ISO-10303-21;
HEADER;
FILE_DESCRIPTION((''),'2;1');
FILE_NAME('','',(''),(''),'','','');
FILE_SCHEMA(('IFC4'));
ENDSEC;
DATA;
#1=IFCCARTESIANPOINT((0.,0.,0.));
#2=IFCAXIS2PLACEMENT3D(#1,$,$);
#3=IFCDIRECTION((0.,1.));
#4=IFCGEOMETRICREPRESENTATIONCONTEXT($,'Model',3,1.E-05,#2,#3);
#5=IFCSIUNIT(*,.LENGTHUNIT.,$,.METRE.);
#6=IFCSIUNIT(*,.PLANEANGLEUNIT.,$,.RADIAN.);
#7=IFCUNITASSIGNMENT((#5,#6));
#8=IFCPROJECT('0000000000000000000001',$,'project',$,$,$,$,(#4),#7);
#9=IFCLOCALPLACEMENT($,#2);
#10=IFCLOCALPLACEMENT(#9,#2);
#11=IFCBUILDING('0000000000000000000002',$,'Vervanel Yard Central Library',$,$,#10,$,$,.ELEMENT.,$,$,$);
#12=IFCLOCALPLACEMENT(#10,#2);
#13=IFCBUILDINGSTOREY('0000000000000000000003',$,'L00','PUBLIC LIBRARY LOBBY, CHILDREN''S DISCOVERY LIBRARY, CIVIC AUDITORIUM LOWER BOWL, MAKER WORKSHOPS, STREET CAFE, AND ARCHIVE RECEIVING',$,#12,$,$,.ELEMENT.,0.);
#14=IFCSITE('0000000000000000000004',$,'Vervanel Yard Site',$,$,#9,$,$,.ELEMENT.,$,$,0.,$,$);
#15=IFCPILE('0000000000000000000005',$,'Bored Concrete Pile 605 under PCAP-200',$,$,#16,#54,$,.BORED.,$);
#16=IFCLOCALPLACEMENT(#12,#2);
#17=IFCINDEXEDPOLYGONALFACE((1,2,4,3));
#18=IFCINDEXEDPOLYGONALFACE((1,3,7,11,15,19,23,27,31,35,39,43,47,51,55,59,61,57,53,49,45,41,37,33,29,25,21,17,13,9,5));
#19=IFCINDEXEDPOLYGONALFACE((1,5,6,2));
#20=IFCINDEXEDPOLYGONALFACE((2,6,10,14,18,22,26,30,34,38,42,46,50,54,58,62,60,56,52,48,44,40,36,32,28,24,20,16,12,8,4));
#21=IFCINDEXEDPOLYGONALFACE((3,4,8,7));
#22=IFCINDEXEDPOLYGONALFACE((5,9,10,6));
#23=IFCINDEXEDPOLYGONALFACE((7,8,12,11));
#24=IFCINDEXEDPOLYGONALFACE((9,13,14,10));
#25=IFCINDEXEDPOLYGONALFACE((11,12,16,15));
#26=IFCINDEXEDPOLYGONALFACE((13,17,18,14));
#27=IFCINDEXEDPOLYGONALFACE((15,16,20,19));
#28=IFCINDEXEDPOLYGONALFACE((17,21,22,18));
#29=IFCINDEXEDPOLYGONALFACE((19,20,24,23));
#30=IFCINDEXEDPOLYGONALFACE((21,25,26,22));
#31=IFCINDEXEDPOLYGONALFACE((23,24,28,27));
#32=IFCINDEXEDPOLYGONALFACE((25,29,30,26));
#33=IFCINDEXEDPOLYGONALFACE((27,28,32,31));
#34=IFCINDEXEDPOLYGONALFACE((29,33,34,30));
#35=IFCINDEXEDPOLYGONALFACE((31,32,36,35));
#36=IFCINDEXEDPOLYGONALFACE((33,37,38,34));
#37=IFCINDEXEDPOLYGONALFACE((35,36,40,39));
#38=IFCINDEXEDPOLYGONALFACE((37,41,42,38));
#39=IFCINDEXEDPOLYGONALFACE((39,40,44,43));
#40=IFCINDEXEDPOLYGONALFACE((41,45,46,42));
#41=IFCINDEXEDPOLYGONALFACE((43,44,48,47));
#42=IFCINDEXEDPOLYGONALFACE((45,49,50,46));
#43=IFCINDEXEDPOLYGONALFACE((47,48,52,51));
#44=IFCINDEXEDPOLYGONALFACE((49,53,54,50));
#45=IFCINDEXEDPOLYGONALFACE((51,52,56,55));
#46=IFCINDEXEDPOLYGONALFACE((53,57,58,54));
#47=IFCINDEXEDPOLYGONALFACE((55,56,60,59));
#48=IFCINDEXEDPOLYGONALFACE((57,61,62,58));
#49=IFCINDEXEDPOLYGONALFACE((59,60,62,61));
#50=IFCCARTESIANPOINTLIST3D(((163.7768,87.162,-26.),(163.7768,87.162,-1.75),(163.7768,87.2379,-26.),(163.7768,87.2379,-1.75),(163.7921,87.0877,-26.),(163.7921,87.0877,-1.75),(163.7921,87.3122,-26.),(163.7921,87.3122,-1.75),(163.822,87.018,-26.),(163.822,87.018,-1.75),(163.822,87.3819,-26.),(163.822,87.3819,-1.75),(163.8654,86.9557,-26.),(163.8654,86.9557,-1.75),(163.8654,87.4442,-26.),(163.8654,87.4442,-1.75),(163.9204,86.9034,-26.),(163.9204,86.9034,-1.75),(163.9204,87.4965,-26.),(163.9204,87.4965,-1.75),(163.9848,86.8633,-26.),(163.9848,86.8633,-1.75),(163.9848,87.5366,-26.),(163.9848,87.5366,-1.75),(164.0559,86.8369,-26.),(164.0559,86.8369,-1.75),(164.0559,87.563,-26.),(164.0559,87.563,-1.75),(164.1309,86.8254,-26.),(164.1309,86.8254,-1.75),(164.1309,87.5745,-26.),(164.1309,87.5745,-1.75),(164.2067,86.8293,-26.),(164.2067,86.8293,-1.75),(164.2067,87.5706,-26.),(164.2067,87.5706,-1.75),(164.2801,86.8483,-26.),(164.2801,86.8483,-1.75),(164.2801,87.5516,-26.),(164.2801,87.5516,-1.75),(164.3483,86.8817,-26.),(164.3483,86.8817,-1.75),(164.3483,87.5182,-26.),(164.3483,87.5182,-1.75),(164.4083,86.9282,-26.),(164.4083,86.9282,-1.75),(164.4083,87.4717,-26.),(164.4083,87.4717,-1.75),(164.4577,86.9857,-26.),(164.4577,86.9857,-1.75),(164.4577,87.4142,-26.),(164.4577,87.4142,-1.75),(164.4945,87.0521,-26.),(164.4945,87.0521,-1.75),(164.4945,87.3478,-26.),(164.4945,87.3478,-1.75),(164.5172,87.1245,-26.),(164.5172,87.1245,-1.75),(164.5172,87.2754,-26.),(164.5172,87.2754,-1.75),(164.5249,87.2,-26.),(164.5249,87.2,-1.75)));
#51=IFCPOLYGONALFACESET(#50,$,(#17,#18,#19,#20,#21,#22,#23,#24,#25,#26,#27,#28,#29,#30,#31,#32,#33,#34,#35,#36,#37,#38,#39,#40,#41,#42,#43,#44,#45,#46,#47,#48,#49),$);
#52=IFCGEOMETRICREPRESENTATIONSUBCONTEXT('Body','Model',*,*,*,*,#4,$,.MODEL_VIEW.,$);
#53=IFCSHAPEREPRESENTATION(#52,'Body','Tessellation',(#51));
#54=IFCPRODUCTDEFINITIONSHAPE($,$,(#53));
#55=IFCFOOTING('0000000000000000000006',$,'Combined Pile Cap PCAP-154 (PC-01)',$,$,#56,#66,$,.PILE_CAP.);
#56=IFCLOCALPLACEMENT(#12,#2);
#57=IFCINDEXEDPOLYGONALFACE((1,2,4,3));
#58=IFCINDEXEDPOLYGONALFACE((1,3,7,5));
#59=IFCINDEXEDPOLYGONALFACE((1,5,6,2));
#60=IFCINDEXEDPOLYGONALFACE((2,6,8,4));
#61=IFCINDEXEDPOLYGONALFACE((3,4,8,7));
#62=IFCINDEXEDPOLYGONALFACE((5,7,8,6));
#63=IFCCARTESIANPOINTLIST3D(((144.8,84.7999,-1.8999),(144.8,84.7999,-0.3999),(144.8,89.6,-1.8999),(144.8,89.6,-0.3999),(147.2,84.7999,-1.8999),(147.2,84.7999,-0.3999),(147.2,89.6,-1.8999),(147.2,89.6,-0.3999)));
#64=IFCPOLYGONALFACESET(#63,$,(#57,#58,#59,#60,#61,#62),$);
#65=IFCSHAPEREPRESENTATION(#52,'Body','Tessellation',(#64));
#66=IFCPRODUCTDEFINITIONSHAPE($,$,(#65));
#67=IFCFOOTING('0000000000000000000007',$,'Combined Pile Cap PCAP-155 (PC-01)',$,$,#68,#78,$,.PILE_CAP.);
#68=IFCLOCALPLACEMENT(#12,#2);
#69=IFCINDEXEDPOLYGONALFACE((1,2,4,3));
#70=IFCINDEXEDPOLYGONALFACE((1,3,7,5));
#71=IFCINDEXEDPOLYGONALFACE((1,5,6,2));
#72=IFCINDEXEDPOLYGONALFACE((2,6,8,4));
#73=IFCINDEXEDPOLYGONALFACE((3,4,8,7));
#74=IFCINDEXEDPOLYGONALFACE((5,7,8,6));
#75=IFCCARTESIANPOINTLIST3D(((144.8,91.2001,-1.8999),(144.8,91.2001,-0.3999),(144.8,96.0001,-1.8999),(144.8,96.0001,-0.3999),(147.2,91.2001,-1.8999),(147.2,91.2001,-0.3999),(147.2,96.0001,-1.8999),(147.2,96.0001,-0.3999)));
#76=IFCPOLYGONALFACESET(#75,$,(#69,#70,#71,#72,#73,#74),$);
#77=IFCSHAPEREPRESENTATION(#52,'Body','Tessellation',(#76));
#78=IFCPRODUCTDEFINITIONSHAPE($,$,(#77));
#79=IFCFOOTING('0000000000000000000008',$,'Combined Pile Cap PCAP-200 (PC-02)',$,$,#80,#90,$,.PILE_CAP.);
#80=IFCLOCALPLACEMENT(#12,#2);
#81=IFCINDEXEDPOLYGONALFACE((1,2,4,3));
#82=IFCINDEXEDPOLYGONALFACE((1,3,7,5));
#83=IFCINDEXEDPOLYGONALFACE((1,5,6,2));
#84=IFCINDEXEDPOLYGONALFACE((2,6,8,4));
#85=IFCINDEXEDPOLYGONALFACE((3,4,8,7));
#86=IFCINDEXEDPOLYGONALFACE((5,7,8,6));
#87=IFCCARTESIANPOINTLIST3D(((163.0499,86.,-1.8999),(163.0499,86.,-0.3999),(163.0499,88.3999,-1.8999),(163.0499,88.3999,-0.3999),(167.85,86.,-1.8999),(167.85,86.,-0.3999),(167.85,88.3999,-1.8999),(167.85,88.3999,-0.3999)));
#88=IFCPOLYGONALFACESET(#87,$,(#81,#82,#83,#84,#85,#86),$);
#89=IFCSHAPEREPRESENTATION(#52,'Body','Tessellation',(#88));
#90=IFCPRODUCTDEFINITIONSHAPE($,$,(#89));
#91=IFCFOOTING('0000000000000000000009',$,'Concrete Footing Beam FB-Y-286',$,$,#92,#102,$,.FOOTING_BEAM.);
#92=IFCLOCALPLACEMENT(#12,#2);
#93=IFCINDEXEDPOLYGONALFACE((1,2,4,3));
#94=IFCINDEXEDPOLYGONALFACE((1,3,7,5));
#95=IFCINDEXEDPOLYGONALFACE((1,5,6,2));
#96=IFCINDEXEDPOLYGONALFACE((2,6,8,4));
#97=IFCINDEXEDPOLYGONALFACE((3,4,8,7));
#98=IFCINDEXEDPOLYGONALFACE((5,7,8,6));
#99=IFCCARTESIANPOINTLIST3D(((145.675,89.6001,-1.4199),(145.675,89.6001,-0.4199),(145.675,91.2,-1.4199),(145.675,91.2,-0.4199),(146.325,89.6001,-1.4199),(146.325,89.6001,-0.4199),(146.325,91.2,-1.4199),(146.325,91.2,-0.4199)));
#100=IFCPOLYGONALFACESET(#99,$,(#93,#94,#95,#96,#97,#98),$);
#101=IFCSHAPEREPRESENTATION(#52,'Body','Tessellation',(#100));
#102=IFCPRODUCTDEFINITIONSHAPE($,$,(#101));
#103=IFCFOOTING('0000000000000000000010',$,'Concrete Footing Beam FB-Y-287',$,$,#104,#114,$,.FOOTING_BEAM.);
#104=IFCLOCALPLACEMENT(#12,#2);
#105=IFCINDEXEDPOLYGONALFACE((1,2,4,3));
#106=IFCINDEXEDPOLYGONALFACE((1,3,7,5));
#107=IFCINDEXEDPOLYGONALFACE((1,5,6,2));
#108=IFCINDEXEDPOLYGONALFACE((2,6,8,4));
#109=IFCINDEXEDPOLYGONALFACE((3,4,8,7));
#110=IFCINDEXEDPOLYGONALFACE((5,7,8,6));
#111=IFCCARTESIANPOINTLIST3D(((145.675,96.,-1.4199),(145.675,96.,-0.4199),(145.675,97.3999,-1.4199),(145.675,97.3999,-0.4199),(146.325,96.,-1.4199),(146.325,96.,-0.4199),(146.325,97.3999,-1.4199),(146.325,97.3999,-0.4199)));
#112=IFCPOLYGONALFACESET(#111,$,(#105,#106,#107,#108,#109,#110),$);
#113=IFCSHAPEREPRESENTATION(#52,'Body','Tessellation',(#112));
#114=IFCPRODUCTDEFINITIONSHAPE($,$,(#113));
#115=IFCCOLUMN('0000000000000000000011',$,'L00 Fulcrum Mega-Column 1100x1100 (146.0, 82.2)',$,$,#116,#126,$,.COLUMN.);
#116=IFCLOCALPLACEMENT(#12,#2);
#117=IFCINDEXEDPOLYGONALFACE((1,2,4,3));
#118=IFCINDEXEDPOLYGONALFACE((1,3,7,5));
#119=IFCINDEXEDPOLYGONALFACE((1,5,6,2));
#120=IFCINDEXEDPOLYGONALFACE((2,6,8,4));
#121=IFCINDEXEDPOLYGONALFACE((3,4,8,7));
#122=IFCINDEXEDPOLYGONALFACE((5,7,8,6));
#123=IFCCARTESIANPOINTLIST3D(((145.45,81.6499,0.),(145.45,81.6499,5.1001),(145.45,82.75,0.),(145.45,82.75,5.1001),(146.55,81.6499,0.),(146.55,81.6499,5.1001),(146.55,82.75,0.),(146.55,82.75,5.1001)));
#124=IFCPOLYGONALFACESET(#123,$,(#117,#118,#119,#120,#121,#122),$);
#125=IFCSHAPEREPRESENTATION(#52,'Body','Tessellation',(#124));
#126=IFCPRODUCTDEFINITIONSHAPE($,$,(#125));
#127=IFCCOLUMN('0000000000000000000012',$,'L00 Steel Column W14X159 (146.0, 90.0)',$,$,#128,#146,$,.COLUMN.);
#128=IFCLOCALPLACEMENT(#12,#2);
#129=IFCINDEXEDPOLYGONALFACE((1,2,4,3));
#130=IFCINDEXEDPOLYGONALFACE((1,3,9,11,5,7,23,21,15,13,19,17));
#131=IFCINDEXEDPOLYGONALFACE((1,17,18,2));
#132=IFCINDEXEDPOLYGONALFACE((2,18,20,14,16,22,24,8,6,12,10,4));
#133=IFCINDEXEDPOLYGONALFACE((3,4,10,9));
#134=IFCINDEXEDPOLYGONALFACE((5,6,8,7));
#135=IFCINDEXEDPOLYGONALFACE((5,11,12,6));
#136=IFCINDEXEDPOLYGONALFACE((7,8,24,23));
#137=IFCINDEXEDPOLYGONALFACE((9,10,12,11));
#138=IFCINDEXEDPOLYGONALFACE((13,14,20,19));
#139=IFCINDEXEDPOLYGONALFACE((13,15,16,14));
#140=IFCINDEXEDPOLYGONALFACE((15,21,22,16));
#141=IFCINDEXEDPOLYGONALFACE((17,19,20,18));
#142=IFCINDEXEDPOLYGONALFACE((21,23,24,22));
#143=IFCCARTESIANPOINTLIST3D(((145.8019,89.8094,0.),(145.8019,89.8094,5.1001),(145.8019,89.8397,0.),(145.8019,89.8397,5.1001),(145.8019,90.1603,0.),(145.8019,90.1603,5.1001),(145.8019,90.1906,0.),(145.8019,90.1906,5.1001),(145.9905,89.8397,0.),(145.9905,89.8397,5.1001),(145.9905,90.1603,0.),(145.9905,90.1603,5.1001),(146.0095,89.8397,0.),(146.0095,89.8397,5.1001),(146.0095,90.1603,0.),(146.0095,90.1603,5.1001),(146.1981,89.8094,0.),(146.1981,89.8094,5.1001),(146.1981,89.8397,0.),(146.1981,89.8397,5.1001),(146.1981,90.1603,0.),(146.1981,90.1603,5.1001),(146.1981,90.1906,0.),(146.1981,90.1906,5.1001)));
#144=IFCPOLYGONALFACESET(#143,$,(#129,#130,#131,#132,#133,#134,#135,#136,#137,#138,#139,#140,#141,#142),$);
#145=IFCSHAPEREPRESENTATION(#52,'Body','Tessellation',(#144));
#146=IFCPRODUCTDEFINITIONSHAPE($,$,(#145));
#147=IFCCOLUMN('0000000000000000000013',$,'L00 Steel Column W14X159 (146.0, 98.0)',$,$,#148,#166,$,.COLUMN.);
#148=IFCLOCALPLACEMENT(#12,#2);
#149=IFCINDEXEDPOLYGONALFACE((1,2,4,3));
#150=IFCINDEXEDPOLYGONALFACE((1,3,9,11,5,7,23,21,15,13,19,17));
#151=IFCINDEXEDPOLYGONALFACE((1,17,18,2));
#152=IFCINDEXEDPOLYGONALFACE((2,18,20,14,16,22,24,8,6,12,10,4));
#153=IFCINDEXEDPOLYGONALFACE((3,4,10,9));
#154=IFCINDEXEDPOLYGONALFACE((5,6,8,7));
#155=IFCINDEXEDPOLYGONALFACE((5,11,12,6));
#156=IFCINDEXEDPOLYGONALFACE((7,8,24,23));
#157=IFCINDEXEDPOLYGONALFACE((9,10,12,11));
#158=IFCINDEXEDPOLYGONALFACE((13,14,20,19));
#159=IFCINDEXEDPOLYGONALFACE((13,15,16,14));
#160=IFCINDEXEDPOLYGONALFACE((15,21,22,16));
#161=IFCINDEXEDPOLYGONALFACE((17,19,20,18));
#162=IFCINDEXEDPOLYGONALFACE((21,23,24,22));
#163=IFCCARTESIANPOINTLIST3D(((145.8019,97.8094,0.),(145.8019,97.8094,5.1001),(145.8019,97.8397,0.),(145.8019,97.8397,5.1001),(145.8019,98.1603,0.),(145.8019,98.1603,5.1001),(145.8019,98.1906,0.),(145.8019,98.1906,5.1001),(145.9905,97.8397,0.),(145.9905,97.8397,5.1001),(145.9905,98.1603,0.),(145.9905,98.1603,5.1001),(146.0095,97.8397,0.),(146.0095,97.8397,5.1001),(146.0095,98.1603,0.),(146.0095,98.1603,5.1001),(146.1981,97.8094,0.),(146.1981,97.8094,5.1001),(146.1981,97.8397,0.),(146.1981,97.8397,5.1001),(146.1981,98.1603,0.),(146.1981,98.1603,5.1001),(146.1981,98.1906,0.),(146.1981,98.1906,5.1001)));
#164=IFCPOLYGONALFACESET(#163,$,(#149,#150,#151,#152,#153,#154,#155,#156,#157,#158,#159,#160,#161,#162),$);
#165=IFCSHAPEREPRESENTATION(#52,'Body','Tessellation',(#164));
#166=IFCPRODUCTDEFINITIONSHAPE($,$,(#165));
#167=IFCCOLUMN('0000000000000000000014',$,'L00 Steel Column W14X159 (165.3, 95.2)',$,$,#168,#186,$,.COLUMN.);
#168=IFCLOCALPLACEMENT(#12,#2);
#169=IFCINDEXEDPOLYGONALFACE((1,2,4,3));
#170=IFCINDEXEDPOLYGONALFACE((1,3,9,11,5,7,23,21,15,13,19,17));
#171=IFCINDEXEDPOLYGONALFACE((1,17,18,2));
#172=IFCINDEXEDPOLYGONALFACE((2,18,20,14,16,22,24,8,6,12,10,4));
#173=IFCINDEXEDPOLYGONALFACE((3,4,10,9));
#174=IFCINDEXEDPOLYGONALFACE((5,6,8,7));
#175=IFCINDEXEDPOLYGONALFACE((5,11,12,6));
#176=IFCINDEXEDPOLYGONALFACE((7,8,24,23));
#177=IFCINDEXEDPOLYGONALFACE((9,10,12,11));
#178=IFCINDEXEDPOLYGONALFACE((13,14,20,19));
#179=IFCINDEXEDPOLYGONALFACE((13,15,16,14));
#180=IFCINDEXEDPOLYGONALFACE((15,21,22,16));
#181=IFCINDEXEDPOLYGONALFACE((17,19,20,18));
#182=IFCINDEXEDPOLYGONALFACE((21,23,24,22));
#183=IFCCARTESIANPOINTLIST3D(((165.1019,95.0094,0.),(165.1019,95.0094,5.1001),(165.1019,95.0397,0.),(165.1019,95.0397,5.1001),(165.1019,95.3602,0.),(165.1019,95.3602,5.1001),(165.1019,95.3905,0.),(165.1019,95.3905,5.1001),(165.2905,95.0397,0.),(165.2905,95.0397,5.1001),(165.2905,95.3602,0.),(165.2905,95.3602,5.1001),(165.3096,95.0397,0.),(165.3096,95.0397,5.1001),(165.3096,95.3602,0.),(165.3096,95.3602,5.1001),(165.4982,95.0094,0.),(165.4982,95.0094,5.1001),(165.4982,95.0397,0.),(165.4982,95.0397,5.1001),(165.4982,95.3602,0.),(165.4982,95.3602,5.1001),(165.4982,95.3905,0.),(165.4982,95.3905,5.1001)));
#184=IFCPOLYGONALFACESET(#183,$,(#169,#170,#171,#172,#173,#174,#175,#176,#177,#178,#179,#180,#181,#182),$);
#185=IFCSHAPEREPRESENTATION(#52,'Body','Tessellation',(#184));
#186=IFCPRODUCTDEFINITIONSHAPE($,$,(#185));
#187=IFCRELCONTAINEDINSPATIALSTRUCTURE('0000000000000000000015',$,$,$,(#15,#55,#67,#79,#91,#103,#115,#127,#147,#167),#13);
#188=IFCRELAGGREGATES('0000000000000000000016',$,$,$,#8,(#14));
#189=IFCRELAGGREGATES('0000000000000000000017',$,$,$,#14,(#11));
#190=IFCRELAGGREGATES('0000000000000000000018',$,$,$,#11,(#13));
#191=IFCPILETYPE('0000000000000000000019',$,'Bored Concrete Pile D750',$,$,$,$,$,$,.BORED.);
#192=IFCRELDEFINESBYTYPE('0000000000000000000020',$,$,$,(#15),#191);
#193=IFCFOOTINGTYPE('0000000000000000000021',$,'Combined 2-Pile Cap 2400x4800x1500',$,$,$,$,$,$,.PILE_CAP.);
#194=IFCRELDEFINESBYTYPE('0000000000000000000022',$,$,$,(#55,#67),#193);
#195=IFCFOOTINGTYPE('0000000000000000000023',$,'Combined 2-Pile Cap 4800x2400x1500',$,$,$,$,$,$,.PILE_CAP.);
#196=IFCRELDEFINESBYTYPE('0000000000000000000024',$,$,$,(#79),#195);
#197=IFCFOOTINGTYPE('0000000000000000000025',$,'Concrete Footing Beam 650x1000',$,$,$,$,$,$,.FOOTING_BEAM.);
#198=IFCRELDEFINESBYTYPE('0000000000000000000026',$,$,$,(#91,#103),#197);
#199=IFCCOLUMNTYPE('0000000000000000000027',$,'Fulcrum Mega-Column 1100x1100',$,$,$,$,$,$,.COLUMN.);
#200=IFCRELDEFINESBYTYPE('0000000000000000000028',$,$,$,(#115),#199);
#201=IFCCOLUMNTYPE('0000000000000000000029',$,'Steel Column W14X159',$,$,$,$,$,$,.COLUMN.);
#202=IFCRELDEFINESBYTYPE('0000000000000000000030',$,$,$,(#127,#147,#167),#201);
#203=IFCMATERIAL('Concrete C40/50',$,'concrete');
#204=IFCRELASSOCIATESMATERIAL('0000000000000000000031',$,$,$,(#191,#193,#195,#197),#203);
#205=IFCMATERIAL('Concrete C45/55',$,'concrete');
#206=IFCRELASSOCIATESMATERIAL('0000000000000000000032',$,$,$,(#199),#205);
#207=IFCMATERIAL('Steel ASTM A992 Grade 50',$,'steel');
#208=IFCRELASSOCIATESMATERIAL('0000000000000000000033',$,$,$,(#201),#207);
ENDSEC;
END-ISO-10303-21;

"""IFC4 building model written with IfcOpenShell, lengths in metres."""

from ifc_helpers import new_model, si_unit, direction, frame, origin, origin_2d, place, context, subcontext, project, spatial, rectangle, circle, i_section, extrude, material, material_profile, profile_set, type_object, element, save


model = new_model("IFC4")

# Units and contexts
model_context = context("Model", 3, precision=1e-05, world=origin(), true_north=direction((0.0, 1.0)))
body_context = subcontext(model_context, "Body", "Model", "MODEL_VIEW")
ifc_project = project(units=[si_unit("LENGTHUNIT", "METRE"), si_unit("PLANEANGLEUNIT", "RADIAN")], contexts=[model_context])

# Site, building, storey
site_placement = place(None, origin())
site = spatial("IfcSite", under=ifc_project, at=site_placement, Name="Vervanel Yard Site", CompositionType="ELEMENT", RefElevation=0.0)
building_placement = place(site_placement, origin())
building = spatial("IfcBuilding", under=site, at=building_placement, Name="Vervanel Yard Central Library", CompositionType="ELEMENT")
storey_placement = place(building_placement, origin())
storey = spatial("IfcBuildingStorey", under=building, at=storey_placement, Name="L00", Description="PUBLIC LIBRARY LOBBY, CHILDREN'S DISCOVERY LIBRARY, CIVIC AUDITORIUM LOWER BOWL, MAKER WORKSHOPS, STREET CAFE, AND ARCHIVE RECEIVING", CompositionType="ELEMENT", Elevation=0.0)

# Pile
ifc_material_1 = material(Name="Concrete C40/50", Category="concrete")
ifc_material_profile_1 = material_profile(ifc_material_1, circle(Radius=0.375, at=origin_2d()), Name="BP D750", Category="concrete")
ifc_profile_set_1 = profile_set([ifc_material_profile_1], Name="Concrete C40/50")
pile_type = type_object("IfcPileType", Name="Bored Concrete Pile D750", PredefinedType="BORED", material=ifc_profile_set_1)
for number, where, z_axis, x_axis, name in (
    (1, (164.1499, 87.2, -1.75), (0.0, 0.0, -1.0), (1.0, 0.0, 0.0), "Bored Concrete Pile 605 under PCAP-200"),
):
    element("IfcPile", number, at=place(storey_placement, frame(where, z_axis=z_axis, x_axis=x_axis)), inside=storey, type_object=pile_type, Name=name, PredefinedType="BORED", context=body_context, shape_type="SweptSolid", body=[
        extrude(circle(Radius=0.375, at=origin_2d()), origin(), (0.0, 0.0, 1.0), 24.25),
    ])

# Footings
footing_type_1 = type_object("IfcFootingType", Name="Combined 2-Pile Cap 2400x4800x1500", PredefinedType="PILE_CAP", material=ifc_material_1)
for number, where, z_axis, x_axis, name in (
    (2, (146.0, 87.2, -1.8999), (0.0, 0.0, 1.0), (1.0, 0.0, 0.0), "Combined Pile Cap PCAP-154 (PC-01)"),
    (3, (146.0, 93.6001, -1.8999), (0.0, 0.0, 1.0), (1.0, 0.0, 0.0), "Combined Pile Cap PCAP-155 (PC-01)"),
):
    element("IfcFooting", number, at=place(storey_placement, frame(where, z_axis=z_axis, x_axis=x_axis)), inside=storey, type_object=footing_type_1, Name=name, PredefinedType="PILE_CAP", context=body_context, shape_type="SweptSolid", body=[
        extrude(rectangle(XDim=2.3999, YDim=4.8, at=origin_2d()), origin(), (0.0, 0.0, 1.0), 1.5),
    ])
footing_type_2 = type_object("IfcFootingType", Name="Combined 2-Pile Cap 4800x2400x1500", PredefinedType="PILE_CAP", material=ifc_material_1)
footing_1_placement = place(storey_placement, frame((165.45, 87.2, -1.8999), z_axis=(0.0, 0.0, 1.0), x_axis=(1.0, 0.0, 0.0)))
element("IfcFooting", 4, at=footing_1_placement, inside=storey, type_object=footing_type_2, Name="Combined Pile Cap PCAP-200 (PC-02)", PredefinedType="PILE_CAP", context=body_context, shape_type="SweptSolid", body=[
    extrude(rectangle(XDim=4.8, YDim=2.3999, at=origin_2d()), origin(), (0.0, 0.0, 1.0), 1.5),
])
ifc_material_profile_2 = material_profile(ifc_material_1, rectangle(XDim=0.6499, YDim=1.0, at=origin_2d()), Name="RC 650x1000", Category="concrete")
ifc_profile_set_2 = profile_set([ifc_material_profile_2], Name="Concrete C40/50")
footing_type_3 = type_object("IfcFootingType", Name="Concrete Footing Beam 650x1000", PredefinedType="FOOTING_BEAM", material=ifc_profile_set_2)
footing_2_placement = place(storey_placement, frame((146.0, 89.6001, -0.9199), z_axis=(0.0, 1.0, 0.0), x_axis=(-1.0, 0.0, 0.0)))
element("IfcFooting", 5, at=footing_2_placement, inside=storey, type_object=footing_type_3, Name="Concrete Footing Beam FB-Y-286", PredefinedType="FOOTING_BEAM", context=body_context, shape_type="SweptSolid", body=[
    extrude(rectangle(XDim=0.6499, YDim=1.0, at=origin_2d()), origin(), (0.0, 0.0, 1.0), 1.5999),
])
footing_3_placement = place(storey_placement, frame((146.0, 96.0, -0.9199), z_axis=(0.0, 1.0, 0.0), x_axis=(-1.0, 0.0, 0.0)))
element("IfcFooting", 6, at=footing_3_placement, inside=storey, type_object=footing_type_3, Name="Concrete Footing Beam FB-Y-287", PredefinedType="FOOTING_BEAM", context=body_context, shape_type="SweptSolid", body=[
    extrude(rectangle(XDim=0.6499, YDim=1.0, at=origin_2d()), origin(), (0.0, 0.0, 1.0), 1.3999),
])

# Columns
ifc_material_2 = material(Name="Concrete C45/55", Category="concrete")
ifc_material_profile_3 = material_profile(ifc_material_2, rectangle(XDim=1.1001, YDim=1.1001, at=origin_2d()), Name="RC 1100x1100", Category="concrete")
ifc_profile_set_3 = profile_set([ifc_material_profile_3], Name="Concrete C45/55")
column_type_1 = type_object("IfcColumnType", Name="Fulcrum Mega-Column 1100x1100", PredefinedType="COLUMN", material=ifc_profile_set_3)
column_placement = place(storey_placement, frame((146.0, 82.2, 0.0), z_axis=(0.0, 0.0, 1.0), x_axis=(1.0, 0.0, 0.0)))
element("IfcColumn", 7, at=column_placement, inside=storey, type_object=column_type_1, Name="L00 Fulcrum Mega-Column 1100x1100 (146.0, 82.2)", PredefinedType="COLUMN", context=body_context, shape_type="SweptSolid", body=[
    extrude(rectangle(XDim=1.1001, YDim=1.1001, at=origin_2d()), origin(), (0.0, 0.0, 1.0), 5.1001),
])
ifc_material_3 = material(Name="Steel ASTM A992 Grade 50", Category="steel")
ifc_material_profile_4 = material_profile(ifc_material_3, i_section(OverallWidth=0.3962, OverallDepth=0.3811, WebThickness=0.019, FlangeThickness=0.0303, at=origin_2d()), Name="W14X159", Category="steel")
ifc_profile_set_4 = profile_set([ifc_material_profile_4], Name="Steel ASTM A992 Grade 50")
column_type_2 = type_object("IfcColumnType", Name="Steel Column W14X159", PredefinedType="COLUMN", material=ifc_profile_set_4)
for number, where, z_axis, x_axis, name in (
    (8, (146.0, 90.0, 0.0), (0.0, 0.0, 1.0), (1.0, 0.0, 0.0), "L00 Steel Column W14X159 (146.0, 90.0)"),
    (9, (146.0, 98.0, 0.0), (0.0, 0.0, 1.0), (1.0, 0.0, 0.0), "L00 Steel Column W14X159 (146.0, 98.0)"),
    (10, (165.3, 95.2, 0.0), (0.0, 0.0, 1.0), (1.0, 0.0, 0.0), "L00 Steel Column W14X159 (165.3, 95.2)"),
):
    element("IfcColumn", number, at=place(storey_placement, frame(where, z_axis=z_axis, x_axis=x_axis)), inside=storey, type_object=column_type_2, Name=name, PredefinedType="COLUMN", context=body_context, shape_type="SweptSolid", body=[
        extrude(i_section(OverallWidth=0.3962, OverallDepth=0.3811, WebThickness=0.019, FlangeThickness=0.0303, at=origin_2d()), origin(), (0.0, 0.0, 1.0), 5.1001),
    ])

save(model, "model.ifc")
